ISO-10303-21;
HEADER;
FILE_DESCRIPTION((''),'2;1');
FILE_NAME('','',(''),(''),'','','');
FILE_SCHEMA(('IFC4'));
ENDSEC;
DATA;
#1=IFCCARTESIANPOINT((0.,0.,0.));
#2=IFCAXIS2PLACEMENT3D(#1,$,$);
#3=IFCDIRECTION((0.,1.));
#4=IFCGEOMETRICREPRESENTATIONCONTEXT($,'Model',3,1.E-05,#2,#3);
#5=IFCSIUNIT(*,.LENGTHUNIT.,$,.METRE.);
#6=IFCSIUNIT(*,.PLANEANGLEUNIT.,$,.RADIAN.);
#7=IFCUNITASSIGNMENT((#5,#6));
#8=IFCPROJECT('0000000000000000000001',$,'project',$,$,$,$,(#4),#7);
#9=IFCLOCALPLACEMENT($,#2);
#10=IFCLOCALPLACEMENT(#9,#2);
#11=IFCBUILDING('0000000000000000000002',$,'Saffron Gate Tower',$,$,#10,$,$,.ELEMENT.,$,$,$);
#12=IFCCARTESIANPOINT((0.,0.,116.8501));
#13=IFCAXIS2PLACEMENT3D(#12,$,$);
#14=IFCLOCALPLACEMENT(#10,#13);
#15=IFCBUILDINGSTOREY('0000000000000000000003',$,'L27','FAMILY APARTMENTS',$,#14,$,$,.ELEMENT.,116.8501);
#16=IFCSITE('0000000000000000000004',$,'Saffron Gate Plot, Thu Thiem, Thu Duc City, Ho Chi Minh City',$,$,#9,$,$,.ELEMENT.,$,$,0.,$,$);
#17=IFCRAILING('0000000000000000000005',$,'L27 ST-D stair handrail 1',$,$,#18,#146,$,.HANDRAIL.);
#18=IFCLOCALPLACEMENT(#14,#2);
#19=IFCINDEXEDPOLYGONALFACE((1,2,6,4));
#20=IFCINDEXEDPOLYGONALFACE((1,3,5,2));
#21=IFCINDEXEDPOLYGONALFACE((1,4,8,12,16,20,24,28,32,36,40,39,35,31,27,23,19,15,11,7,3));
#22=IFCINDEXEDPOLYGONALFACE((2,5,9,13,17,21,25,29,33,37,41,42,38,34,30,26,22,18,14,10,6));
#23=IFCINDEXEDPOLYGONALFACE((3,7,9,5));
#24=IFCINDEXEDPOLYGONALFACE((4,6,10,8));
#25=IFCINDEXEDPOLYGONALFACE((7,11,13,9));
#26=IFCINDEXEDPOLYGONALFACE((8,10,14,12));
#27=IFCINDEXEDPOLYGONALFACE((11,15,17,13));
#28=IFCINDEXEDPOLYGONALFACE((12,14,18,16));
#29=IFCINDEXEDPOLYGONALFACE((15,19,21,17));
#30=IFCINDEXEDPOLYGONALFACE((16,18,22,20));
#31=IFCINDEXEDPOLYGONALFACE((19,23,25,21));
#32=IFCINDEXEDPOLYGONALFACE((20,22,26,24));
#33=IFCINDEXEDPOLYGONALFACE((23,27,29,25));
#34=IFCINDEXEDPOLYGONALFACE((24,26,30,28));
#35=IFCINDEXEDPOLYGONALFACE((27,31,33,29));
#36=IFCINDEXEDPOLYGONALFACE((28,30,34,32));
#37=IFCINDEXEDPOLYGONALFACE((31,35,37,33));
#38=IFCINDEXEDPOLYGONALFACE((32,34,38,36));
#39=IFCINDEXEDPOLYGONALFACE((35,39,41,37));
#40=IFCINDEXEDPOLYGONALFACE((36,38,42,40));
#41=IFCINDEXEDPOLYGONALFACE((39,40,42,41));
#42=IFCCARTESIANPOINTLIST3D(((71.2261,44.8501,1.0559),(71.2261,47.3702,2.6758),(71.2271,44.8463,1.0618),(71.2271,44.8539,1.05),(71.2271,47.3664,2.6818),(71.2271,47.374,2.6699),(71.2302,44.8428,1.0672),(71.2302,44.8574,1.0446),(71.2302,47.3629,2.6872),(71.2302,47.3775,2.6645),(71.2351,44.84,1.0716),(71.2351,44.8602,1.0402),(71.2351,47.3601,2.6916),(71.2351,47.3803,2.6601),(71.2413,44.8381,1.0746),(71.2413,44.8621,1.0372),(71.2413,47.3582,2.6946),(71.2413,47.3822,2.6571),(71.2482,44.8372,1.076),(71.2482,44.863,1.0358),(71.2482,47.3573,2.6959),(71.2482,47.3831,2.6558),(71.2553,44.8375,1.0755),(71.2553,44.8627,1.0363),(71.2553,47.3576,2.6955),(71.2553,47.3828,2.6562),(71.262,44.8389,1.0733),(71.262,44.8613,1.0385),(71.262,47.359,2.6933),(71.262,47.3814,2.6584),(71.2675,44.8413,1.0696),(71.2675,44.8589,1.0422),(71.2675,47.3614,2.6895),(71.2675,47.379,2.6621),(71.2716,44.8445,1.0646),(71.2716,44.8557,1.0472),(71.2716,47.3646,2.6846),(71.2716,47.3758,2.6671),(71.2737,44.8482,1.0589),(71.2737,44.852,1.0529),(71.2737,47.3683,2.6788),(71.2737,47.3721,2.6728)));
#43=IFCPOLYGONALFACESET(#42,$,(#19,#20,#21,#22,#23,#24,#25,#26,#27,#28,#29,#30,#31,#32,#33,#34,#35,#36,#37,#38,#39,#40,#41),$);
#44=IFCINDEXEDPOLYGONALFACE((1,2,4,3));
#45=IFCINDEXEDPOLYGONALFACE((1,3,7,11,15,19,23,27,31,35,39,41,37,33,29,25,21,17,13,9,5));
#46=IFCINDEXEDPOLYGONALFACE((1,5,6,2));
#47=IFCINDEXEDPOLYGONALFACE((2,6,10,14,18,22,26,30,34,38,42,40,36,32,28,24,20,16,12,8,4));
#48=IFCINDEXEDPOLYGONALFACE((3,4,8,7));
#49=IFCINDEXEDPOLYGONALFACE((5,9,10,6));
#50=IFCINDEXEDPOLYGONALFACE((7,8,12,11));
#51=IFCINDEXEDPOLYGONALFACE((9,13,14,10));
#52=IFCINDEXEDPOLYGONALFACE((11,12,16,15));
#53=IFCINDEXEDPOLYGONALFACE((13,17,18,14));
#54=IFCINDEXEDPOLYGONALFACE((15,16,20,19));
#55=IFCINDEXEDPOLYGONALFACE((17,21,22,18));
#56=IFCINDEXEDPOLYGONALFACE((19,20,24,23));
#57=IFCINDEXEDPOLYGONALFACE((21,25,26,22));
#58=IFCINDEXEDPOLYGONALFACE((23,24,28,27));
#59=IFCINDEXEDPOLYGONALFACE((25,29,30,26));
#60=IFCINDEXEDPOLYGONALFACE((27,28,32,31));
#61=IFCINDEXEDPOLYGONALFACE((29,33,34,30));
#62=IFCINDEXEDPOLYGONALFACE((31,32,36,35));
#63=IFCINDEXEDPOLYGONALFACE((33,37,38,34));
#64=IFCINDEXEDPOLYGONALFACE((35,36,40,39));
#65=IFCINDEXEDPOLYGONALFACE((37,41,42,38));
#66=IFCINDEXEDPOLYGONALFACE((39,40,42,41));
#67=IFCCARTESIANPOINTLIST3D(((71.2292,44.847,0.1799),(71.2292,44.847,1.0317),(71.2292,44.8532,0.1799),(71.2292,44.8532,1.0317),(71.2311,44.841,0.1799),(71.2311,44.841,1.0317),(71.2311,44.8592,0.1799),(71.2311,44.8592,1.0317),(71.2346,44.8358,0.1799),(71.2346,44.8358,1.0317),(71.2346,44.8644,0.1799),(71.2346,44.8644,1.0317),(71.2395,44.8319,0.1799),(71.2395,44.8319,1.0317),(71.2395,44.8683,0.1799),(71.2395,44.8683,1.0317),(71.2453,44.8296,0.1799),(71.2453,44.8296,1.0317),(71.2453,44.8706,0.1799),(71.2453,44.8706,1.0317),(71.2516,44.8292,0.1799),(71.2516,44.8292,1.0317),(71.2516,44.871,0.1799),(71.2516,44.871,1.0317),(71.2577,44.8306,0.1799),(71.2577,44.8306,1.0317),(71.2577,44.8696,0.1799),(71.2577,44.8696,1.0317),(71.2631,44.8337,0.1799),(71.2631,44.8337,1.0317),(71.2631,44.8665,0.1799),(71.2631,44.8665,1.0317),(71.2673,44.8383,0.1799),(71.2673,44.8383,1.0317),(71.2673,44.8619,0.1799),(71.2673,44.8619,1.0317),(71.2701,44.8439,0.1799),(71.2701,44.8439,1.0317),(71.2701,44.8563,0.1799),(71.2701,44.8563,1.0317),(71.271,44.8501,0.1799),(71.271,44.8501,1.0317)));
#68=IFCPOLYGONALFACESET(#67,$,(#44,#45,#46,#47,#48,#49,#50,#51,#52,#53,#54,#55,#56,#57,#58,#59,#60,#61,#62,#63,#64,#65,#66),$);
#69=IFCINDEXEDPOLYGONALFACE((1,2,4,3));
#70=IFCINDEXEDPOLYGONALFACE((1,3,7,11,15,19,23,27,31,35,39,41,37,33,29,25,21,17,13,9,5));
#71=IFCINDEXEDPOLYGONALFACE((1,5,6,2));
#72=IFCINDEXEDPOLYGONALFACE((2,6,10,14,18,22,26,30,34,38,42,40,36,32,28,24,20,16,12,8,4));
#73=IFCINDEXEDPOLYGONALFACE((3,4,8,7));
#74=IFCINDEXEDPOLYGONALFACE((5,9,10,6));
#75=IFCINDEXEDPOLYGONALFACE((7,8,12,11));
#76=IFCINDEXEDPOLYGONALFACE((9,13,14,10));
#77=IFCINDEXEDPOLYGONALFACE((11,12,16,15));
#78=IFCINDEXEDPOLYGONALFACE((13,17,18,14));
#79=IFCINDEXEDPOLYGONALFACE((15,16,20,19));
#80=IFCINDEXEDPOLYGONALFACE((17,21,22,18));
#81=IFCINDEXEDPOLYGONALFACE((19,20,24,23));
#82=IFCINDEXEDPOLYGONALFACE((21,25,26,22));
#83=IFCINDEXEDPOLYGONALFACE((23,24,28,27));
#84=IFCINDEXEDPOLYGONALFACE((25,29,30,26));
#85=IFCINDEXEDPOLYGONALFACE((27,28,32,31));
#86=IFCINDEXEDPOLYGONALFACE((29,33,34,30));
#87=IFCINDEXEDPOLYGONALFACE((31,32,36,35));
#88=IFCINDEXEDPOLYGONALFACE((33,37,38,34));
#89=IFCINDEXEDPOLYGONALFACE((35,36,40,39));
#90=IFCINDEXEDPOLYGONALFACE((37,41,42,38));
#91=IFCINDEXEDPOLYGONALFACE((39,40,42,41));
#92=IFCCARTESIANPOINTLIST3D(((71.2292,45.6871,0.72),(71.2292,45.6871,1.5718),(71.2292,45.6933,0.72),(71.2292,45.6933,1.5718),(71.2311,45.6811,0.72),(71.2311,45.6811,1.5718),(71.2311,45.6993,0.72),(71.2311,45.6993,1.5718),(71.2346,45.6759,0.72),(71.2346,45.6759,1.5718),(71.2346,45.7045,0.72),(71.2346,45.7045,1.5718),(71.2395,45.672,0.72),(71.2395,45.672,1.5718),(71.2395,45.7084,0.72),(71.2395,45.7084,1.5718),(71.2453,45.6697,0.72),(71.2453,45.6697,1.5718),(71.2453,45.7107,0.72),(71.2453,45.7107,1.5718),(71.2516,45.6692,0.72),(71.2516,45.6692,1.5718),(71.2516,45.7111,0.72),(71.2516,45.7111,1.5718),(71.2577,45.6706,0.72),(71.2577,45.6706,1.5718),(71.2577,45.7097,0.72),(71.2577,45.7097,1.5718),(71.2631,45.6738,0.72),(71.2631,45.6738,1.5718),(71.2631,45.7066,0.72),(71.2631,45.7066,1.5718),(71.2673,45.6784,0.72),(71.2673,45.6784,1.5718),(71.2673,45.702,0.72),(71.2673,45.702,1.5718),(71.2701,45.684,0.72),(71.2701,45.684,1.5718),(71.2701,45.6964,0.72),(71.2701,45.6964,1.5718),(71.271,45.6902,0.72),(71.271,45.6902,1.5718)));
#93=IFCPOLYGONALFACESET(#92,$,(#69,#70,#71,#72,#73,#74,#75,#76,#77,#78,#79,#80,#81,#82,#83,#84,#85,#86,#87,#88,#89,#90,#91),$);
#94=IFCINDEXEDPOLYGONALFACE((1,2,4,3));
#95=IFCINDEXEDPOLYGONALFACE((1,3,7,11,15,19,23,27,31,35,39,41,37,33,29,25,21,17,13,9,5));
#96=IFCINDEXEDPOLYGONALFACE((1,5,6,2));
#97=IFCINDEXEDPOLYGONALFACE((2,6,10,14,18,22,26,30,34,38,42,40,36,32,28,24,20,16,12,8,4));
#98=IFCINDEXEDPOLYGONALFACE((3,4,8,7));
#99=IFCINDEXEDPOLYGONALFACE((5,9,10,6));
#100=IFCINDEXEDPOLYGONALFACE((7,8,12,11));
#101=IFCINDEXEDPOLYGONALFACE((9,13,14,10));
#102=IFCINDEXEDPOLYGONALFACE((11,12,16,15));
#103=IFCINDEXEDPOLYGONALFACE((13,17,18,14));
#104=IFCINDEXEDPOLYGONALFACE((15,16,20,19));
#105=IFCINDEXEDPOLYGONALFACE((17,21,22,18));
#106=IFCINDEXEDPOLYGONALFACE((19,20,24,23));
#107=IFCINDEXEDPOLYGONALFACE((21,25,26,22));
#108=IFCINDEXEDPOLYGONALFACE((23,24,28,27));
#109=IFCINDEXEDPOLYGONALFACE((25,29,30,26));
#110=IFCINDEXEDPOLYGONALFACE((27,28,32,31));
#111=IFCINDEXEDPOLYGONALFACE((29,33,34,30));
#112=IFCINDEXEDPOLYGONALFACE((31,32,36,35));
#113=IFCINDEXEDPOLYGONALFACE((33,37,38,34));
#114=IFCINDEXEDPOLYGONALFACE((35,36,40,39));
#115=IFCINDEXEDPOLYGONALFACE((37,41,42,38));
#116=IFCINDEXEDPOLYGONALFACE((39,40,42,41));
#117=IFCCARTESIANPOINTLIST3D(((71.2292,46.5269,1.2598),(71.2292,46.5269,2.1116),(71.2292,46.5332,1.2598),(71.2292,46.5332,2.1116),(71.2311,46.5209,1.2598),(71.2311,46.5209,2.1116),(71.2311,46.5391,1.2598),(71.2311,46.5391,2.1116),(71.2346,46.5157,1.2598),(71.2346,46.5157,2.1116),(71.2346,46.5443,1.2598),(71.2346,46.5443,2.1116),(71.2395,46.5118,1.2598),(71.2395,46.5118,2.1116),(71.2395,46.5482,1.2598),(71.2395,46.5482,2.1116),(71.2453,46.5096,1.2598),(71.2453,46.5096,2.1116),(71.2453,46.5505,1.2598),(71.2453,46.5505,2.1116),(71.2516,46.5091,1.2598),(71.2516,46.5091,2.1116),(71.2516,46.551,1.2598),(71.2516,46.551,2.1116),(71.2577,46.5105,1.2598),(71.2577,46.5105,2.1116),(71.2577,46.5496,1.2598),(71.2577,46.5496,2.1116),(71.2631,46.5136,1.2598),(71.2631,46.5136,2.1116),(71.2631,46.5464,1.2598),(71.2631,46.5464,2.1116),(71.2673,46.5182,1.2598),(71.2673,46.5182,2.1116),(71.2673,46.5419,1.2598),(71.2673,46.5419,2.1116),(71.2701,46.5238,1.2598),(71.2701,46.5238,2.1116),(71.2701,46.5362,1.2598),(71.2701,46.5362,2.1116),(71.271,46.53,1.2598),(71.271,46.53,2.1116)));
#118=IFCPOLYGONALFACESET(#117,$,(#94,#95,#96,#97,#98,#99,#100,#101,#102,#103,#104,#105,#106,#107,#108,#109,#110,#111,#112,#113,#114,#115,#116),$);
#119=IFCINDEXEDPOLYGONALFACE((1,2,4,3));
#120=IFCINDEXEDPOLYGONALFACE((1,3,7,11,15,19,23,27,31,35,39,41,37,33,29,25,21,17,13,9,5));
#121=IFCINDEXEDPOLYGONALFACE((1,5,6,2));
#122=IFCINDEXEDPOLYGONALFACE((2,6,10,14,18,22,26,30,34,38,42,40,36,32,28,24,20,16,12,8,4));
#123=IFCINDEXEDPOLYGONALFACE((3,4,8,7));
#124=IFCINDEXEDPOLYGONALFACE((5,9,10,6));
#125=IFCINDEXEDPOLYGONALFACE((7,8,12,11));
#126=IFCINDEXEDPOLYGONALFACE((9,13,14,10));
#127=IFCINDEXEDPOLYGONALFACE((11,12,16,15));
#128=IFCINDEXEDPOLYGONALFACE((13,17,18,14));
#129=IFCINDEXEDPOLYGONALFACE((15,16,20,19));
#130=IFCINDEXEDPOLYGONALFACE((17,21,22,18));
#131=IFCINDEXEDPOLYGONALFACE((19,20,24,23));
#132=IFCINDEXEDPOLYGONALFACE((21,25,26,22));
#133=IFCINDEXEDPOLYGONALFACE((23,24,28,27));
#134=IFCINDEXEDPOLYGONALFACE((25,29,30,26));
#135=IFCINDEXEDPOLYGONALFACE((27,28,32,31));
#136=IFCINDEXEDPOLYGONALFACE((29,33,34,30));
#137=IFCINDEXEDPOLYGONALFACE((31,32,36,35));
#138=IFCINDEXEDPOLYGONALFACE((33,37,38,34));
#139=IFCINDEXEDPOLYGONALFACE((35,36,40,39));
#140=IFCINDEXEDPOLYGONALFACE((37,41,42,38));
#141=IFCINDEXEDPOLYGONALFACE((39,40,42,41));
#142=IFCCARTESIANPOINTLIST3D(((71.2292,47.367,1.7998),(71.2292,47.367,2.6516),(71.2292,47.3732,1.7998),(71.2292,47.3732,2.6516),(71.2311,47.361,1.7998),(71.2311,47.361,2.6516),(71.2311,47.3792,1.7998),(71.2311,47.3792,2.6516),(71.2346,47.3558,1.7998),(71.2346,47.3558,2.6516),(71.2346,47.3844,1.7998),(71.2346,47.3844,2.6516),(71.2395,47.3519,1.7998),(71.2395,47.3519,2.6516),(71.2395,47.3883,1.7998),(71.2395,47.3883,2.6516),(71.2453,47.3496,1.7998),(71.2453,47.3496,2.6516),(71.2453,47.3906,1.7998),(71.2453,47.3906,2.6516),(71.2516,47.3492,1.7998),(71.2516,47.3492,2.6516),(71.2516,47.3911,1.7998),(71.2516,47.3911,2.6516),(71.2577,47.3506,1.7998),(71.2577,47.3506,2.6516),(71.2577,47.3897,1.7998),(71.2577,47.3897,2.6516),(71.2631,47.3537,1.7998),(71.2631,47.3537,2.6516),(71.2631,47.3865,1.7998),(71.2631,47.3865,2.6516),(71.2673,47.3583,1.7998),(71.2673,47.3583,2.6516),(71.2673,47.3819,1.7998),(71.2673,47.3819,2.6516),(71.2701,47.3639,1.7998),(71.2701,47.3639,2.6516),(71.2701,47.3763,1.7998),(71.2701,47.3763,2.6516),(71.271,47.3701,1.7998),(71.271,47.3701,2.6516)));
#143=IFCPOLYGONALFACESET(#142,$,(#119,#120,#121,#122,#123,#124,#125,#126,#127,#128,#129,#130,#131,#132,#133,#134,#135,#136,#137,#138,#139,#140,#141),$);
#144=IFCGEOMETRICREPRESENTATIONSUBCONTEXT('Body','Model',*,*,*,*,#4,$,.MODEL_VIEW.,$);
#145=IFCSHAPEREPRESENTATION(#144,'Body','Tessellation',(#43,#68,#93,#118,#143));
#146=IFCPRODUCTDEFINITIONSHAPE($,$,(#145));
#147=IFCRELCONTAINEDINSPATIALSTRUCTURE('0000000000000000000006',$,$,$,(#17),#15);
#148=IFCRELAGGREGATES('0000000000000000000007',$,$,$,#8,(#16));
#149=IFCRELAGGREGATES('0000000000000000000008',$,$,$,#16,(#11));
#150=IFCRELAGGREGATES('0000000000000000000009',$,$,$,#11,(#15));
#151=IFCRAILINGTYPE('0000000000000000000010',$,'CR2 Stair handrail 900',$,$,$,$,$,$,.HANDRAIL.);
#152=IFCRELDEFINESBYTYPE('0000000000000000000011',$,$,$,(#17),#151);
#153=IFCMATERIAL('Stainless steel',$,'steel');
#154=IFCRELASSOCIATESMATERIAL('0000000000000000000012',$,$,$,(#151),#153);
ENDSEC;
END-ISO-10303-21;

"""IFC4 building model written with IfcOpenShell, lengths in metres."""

from ifc_helpers import new_model, si_unit, direction, frame, origin, origin_2d, place, context, subcontext, project, spatial, circle, extrude, material, type_object, element, save


model = new_model("IFC4")

# Units and contexts
model_context = context("Model", 3, precision=1e-05, world=origin(), true_north=direction((0.0, 1.0)))
body_context = subcontext(model_context, "Body", "Model", "MODEL_VIEW")
ifc_project = project(units=[si_unit("LENGTHUNIT", "METRE"), si_unit("PLANEANGLEUNIT", "RADIAN")], contexts=[model_context])

# Site, building, storey
site_placement = place(None, origin())
site = spatial("IfcSite", under=ifc_project, at=site_placement, Name="Saffron Gate Plot, Thu Thiem, Thu Duc City, Ho Chi Minh City", CompositionType="ELEMENT", RefElevation=0.0)
building_placement = place(site_placement, origin())
building = spatial("IfcBuilding", under=site, at=building_placement, Name="Saffron Gate Tower", CompositionType="ELEMENT")
storey_placement = place(building_placement, frame((0.0, 0.0, 116.8501)))
storey = spatial("IfcBuildingStorey", under=building, at=storey_placement, Name="L27", Description="FAMILY APARTMENTS", CompositionType="ELEMENT", Elevation=116.8501)

# Railing
ifc_material_1 = material(Name="Stainless steel", Category="steel")
railing_type_1 = type_object("IfcRailingType", Name="CR2 Stair handrail 900", PredefinedType="HANDRAIL", material=ifc_material_1)
railing_1_placement = place(storey_placement, frame((71.25, 44.8501, 0.1799)))
element("IfcRailing", 1, at=railing_1_placement, inside=storey, type_object=railing_type_1, Name="L27 ST-D stair handrail 1", PredefinedType="HANDRAIL", context=body_context, shape_type="SweptSolid", body=[
    extrude(circle(Radius=0.0239, at=origin_2d()), frame((0.0, 0.0, 0.876), z_axis=(0.0, 0.8412, 0.540725), x_axis=(-1.0, 0.0, 0.0)), (0.0, 0.0, 1.0), 2.9958),
    extrude(circle(Radius=0.021, at=origin_2d()), origin(), (0.0, 0.0, 1.0), 0.8518),
    extrude(circle(Radius=0.021, at=origin_2d()), frame((0.0, 0.8401, 0.54)), (0.0, 0.0, 1.0), 0.8518),
    extrude(circle(Radius=0.021, at=origin_2d()), frame((0.0, 1.6799, 1.0798)), (0.0, 0.0, 1.0), 0.8518),
    extrude(circle(Radius=0.021, at=origin_2d()), frame((0.0, 2.52, 1.6199)), (0.0, 0.0, 1.0), 0.8518),
])

save(model, "model.ifc")
